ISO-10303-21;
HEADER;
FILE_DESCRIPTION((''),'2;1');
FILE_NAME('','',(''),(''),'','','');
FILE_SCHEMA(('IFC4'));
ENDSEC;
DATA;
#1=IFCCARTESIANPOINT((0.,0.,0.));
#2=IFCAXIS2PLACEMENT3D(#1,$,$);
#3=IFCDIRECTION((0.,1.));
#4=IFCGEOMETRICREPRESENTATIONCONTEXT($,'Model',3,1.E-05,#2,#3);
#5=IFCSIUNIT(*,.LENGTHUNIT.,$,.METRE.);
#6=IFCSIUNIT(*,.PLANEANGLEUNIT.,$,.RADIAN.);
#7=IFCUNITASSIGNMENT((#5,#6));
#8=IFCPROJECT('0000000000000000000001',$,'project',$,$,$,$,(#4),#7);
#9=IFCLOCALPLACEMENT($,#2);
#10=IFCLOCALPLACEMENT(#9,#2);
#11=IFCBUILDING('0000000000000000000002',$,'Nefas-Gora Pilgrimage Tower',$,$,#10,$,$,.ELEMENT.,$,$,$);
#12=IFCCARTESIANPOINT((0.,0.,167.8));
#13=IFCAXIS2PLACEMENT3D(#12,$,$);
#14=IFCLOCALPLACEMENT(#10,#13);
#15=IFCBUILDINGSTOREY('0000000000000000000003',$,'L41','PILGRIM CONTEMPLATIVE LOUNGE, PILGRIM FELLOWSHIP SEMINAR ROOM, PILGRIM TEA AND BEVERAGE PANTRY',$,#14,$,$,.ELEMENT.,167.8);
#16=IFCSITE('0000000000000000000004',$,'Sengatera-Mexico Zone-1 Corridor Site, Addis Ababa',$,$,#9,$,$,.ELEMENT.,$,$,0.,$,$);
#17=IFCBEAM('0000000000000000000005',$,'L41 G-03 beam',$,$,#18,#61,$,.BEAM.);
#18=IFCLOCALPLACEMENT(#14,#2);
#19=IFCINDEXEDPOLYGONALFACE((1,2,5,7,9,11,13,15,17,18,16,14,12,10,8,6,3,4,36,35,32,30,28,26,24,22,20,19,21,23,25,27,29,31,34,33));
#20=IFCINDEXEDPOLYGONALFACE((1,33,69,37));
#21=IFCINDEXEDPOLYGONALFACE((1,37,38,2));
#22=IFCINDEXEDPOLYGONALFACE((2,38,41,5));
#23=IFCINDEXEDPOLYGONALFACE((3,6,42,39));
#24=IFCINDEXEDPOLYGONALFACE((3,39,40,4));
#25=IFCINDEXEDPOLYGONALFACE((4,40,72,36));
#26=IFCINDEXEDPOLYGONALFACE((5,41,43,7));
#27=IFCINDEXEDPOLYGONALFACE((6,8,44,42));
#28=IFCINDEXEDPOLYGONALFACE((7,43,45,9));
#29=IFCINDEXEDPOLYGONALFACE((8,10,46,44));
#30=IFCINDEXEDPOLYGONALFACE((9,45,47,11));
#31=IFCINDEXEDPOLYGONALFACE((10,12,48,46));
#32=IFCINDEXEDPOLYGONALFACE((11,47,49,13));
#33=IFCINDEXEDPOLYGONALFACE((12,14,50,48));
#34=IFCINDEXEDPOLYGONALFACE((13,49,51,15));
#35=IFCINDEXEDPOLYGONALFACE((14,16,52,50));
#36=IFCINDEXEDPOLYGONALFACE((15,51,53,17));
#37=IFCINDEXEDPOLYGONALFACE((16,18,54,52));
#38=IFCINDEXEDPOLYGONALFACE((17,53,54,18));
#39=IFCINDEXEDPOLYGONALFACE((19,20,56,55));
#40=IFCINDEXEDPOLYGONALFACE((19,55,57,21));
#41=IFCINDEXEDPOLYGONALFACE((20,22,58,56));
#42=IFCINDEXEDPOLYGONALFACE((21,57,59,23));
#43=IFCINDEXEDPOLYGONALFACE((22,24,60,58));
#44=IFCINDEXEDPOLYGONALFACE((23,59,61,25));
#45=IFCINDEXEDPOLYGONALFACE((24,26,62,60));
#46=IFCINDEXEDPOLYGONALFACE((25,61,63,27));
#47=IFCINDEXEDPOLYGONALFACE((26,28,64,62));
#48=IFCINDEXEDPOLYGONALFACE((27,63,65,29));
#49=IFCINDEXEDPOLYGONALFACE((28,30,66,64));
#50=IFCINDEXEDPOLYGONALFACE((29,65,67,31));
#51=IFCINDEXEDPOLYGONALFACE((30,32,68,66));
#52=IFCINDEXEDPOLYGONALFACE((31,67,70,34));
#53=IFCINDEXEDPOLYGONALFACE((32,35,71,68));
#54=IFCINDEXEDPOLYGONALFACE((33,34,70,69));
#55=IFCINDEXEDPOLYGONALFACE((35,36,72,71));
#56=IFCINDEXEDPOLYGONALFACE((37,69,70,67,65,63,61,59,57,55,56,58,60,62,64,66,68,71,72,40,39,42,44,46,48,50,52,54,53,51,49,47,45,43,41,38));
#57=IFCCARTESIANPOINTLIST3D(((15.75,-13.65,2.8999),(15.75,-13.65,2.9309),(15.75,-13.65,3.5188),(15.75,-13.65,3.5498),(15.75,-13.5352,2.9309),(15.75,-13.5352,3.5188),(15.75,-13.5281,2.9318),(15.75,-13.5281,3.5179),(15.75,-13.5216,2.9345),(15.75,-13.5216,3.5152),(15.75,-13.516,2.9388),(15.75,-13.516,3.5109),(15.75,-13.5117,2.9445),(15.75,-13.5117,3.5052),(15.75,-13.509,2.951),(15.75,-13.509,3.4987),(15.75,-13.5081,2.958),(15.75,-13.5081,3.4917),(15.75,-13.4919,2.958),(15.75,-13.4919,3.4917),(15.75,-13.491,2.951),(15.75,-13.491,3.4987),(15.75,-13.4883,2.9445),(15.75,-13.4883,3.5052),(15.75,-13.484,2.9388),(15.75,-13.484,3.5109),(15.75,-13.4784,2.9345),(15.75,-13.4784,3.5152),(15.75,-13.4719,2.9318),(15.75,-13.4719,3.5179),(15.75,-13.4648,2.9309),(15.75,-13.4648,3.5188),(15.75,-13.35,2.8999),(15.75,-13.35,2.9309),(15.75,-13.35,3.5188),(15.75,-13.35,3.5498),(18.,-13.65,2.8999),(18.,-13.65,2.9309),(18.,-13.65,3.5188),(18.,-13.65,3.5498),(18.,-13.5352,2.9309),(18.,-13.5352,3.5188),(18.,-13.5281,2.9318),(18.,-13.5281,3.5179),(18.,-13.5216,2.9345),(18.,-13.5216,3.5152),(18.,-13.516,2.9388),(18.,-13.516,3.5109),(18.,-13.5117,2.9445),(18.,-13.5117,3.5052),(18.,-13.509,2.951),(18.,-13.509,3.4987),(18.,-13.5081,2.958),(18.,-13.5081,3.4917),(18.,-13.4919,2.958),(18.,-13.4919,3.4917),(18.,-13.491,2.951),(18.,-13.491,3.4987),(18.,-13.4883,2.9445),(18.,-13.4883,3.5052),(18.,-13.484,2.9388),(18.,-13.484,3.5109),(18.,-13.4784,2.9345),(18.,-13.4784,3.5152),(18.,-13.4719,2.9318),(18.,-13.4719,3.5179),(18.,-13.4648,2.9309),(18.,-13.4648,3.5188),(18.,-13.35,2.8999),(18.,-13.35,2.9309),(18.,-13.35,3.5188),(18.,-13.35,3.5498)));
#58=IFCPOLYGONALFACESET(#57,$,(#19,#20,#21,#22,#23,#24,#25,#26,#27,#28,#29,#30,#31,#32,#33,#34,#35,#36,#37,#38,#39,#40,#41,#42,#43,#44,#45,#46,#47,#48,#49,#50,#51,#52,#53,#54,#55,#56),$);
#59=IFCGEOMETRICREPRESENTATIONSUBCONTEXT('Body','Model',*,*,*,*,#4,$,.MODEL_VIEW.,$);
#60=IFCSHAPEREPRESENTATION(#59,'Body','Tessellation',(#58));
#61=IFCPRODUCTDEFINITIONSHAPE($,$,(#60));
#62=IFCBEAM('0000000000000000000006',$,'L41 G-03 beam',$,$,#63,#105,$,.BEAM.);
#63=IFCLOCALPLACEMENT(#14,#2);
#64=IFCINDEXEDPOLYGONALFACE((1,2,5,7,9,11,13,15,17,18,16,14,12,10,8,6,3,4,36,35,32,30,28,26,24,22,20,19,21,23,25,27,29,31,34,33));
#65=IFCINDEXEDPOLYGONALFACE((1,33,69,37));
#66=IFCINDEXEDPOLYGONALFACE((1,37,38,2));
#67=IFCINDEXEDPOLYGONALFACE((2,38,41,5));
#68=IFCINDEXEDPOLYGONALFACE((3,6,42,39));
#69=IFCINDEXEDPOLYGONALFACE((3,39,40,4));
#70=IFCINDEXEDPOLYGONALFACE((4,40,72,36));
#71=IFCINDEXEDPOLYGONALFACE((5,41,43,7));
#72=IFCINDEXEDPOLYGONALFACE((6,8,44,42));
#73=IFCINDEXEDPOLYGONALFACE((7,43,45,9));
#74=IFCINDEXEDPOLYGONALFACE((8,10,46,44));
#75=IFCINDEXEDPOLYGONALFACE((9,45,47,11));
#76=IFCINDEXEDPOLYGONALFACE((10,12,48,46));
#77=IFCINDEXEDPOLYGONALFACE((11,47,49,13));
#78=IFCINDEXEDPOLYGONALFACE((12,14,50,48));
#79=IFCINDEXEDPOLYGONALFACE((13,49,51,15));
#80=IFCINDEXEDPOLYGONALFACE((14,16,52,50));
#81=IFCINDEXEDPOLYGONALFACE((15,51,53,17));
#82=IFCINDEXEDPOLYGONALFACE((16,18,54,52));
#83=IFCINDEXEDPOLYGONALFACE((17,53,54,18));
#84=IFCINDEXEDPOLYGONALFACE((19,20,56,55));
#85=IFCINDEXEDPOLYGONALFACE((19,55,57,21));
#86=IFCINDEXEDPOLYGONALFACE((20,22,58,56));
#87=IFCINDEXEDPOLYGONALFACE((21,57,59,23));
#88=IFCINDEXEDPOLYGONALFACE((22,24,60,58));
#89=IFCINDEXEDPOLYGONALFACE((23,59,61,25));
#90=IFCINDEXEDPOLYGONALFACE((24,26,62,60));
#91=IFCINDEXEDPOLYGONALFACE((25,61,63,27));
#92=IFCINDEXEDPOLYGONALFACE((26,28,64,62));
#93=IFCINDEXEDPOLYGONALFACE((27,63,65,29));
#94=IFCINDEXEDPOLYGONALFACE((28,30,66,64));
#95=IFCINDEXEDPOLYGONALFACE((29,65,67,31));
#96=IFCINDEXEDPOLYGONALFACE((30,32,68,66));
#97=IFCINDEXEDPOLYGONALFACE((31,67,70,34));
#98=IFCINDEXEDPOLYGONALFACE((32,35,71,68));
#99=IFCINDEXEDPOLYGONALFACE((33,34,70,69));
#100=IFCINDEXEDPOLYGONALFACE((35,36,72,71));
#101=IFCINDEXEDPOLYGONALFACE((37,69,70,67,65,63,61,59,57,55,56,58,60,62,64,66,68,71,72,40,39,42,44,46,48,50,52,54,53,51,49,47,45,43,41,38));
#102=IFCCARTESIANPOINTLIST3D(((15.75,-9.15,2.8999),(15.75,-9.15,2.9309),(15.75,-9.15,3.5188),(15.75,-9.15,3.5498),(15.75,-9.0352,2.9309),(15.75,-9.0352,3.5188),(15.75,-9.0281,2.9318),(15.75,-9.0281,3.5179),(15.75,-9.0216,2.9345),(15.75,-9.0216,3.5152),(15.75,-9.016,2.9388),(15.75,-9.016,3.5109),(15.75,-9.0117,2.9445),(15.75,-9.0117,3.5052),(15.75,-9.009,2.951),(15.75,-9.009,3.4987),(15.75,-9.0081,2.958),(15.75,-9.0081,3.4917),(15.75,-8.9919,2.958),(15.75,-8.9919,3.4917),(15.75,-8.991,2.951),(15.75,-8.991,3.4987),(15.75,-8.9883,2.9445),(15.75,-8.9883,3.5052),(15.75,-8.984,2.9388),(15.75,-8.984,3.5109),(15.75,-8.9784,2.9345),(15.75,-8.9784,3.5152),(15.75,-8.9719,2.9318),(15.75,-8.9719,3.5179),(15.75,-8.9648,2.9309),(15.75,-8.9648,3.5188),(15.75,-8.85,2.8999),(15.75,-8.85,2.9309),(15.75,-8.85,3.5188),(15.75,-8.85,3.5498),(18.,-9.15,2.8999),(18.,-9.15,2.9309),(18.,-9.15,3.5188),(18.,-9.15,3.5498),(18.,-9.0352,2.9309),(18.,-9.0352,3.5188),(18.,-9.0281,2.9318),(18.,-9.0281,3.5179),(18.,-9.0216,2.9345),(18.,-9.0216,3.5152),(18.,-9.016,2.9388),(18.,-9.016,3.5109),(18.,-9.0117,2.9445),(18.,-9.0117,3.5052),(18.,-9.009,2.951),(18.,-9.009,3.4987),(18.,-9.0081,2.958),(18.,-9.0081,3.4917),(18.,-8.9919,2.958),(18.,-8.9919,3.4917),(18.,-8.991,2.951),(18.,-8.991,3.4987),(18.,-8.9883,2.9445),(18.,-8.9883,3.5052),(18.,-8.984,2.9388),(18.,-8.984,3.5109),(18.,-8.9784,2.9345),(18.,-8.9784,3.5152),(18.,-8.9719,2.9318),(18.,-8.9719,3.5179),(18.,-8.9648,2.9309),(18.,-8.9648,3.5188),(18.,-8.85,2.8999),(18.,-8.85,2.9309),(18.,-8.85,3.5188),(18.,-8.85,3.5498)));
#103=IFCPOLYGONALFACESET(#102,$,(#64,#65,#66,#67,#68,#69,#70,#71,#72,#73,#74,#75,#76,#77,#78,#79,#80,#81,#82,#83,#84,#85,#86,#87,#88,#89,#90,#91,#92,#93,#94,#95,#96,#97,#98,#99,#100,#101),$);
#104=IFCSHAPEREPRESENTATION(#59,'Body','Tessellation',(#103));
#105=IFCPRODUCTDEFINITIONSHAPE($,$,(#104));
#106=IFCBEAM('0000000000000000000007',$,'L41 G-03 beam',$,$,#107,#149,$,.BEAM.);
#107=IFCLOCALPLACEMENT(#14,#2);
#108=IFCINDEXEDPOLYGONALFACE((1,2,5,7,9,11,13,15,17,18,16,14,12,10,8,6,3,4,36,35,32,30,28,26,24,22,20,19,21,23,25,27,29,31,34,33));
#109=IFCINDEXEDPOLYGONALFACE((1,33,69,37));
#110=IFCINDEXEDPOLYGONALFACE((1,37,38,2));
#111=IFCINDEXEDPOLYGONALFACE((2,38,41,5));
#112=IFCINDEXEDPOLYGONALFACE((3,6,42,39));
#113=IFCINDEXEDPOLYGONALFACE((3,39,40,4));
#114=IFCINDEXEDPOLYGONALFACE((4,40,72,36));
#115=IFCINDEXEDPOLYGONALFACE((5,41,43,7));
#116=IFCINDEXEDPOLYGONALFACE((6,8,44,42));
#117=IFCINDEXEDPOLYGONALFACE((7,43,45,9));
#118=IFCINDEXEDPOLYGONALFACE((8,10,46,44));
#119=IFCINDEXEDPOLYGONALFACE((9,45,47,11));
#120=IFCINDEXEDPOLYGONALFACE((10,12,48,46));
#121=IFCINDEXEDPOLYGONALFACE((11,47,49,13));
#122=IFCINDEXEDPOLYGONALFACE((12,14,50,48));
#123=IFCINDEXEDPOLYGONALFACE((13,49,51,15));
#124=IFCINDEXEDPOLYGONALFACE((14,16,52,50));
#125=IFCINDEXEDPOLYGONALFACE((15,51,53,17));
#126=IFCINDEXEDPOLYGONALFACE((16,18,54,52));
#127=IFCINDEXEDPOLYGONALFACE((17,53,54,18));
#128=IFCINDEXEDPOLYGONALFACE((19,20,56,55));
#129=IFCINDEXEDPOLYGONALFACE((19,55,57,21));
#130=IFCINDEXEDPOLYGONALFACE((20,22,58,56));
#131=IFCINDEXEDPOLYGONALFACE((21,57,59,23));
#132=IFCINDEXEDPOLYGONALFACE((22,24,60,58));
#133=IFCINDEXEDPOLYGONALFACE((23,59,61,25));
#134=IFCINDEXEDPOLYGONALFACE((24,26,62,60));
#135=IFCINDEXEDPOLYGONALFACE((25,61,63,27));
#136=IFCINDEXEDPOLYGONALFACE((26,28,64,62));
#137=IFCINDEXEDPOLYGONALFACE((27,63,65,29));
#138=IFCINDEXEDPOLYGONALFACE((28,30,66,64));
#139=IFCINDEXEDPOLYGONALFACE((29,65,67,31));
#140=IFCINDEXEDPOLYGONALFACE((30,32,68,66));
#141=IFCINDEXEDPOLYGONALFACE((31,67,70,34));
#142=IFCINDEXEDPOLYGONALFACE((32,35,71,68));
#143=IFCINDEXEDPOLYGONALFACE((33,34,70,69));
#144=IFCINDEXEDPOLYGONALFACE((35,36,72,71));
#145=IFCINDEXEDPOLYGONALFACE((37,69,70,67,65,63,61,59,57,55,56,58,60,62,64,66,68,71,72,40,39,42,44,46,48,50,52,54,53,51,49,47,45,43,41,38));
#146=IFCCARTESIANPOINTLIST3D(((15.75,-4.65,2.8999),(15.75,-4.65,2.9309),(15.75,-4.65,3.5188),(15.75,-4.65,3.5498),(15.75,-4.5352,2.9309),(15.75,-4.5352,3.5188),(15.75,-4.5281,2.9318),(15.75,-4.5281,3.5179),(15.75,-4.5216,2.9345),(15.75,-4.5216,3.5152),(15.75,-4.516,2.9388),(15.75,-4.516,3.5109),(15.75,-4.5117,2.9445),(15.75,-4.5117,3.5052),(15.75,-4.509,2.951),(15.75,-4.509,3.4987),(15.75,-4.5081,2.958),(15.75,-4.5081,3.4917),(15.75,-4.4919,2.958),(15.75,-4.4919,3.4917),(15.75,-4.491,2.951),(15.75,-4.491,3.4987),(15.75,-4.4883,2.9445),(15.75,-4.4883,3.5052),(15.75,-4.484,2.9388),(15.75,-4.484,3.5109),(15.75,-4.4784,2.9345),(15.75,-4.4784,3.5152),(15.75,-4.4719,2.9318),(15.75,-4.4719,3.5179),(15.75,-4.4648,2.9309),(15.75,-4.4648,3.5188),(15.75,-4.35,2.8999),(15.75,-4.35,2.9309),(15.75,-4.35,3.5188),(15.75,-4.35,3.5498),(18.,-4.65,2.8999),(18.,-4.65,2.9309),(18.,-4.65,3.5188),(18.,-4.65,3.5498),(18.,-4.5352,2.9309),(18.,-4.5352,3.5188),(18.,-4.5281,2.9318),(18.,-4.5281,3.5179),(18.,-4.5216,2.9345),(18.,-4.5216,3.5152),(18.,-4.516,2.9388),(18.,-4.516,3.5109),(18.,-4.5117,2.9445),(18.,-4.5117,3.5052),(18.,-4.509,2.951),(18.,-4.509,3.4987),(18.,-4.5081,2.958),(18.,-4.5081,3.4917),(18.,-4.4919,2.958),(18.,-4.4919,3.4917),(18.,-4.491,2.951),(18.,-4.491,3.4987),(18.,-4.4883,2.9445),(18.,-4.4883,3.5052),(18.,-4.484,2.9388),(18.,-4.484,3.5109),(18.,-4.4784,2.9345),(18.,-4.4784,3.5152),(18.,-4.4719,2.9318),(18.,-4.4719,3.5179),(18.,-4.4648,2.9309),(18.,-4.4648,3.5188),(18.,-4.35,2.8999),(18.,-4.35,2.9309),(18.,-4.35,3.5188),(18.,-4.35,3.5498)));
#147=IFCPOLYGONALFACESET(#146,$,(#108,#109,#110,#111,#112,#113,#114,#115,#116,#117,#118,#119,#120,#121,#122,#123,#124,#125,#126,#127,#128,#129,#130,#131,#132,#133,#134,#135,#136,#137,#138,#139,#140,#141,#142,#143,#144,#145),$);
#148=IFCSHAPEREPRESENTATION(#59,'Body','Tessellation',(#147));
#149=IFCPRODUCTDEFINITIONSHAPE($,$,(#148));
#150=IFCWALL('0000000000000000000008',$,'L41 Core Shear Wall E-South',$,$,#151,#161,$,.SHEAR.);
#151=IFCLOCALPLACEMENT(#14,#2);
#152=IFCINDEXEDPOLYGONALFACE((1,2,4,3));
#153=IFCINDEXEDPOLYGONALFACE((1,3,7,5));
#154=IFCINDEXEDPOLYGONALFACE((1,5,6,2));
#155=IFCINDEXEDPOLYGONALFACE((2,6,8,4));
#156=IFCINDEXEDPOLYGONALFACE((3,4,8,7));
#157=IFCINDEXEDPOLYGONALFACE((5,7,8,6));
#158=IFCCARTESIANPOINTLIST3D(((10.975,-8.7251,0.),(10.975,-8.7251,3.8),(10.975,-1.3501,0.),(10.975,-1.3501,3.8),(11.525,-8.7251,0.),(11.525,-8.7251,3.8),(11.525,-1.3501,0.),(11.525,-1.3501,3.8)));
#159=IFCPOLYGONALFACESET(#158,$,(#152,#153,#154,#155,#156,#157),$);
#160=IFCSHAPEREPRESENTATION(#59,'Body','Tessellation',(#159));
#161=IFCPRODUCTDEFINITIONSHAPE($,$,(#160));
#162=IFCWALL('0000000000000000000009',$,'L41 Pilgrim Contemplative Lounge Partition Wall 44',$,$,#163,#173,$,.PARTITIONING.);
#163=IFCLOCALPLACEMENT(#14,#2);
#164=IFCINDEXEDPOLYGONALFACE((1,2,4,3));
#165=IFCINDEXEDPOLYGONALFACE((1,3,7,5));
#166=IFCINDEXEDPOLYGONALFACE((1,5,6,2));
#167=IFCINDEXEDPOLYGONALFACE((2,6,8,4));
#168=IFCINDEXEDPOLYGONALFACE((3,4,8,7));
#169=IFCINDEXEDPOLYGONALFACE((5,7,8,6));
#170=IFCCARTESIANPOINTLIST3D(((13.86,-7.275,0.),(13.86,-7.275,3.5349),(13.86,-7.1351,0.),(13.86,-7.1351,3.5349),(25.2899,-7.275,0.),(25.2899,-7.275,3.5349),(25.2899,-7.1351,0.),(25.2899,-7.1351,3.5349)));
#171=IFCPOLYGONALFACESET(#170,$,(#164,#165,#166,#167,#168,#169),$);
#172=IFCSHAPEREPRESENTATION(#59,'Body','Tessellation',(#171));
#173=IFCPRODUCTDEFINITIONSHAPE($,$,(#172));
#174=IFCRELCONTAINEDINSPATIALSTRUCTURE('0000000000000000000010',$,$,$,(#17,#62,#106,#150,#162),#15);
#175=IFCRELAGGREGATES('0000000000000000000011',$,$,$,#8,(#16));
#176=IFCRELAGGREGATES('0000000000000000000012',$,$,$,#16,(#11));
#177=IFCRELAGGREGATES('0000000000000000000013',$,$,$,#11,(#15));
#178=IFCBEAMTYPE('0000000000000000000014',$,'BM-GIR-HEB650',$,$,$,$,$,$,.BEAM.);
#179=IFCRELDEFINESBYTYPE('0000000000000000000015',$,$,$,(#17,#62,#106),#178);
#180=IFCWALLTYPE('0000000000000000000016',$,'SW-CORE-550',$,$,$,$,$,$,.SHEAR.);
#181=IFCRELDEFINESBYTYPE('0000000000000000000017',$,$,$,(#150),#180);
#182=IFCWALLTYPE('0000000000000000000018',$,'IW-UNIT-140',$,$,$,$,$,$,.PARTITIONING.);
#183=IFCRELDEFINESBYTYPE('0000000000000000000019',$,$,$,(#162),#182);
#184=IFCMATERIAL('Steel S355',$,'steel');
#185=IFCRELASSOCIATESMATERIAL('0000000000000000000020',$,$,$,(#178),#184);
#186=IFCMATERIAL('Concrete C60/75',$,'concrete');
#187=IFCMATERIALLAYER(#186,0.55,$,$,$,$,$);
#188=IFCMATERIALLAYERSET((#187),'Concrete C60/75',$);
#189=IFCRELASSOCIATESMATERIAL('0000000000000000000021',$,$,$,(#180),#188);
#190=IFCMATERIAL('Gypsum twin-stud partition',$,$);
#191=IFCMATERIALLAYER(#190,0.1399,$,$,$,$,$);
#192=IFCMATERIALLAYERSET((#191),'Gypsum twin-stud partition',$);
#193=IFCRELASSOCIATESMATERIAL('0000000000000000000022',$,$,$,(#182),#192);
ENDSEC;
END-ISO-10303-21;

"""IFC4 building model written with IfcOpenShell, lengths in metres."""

from ifc_helpers import new_model, si_unit, direction, frame, frame_2d, origin, origin_2d, place, context, subcontext, project, spatial, rectangle, i_section, extrude, source, transform, mapped, material, layer, layer_set, material_profile, profile_set, type_object, element, save


model = new_model("IFC4")

# Units and contexts
model_context = context("Model", 3, precision=1e-05, world=origin(), true_north=direction((0.0, 1.0)))
body_context = subcontext(model_context, "Body", "Model", "MODEL_VIEW")
ifc_project = project(units=[si_unit("LENGTHUNIT", "METRE"), si_unit("PLANEANGLEUNIT", "RADIAN")], contexts=[model_context])

# Site, building, storey
site_placement = place(None, origin())
site = spatial("IfcSite", under=ifc_project, at=site_placement, Name="Sengatera-Mexico Zone-1 Corridor Site, Addis Ababa", CompositionType="ELEMENT", RefElevation=0.0)
building_placement = place(site_placement, origin())
building = spatial("IfcBuilding", under=site, at=building_placement, Name="Nefas-Gora Pilgrimage Tower", CompositionType="ELEMENT")
storey_placement = place(building_placement, frame((0.0, 0.0, 167.8)))
storey = spatial("IfcBuildingStorey", under=building, at=storey_placement, Name="L41", Description="PILGRIM CONTEMPLATIVE LOUNGE, PILGRIM FELLOWSHIP SEMINAR ROOM, PILGRIM TEA AND BEVERAGE PANTRY", CompositionType="ELEMENT", Elevation=167.8)

# Beams
ifc_material_1 = material(Name="Concrete C60/75", Category="concrete")
ifc_material_2 = material(Name="Steel S355", Category="steel")
ifc_material_profile_1 = material_profile(ifc_material_2, i_section(OverallWidth=0.3, OverallDepth=0.6499, WebThickness=0.0161, FlangeThickness=0.031, FilletRadius=0.0271, at=origin_2d()), Name="HEB 650")
ifc_profile_set_1 = profile_set([ifc_material_profile_1], Name="Steel S355")
beam_type_1 = type_object("IfcBeamType", Name="BM-GIR-HEB650", PredefinedType="BEAM", material=ifc_profile_set_1)
shared_shape_1 = source(origin(), body_context, "Body", "SweptSolid", [
    extrude(i_section(OverallWidth=0.3, OverallDepth=0.6499, WebThickness=0.0161, FlangeThickness=0.031, FilletRadius=0.0271, at=origin_2d()), origin(), (0.0, 0.0, 1.0), 2.25),
])
for number, where, z_axis, x_axis, name in (
    (1, (15.75, -13.5, 3.2249), (1.0, 0.0, 0.0), (0.0, 1.0, 0.0), "L41 G-03 beam"),
    (2, (15.75, -9.0, 3.2249), (1.0, 0.0, 0.0), (0.0, 1.0, 0.0), "L41 G-03 beam"),
    (3, (15.75, -4.5, 3.2249), (1.0, 0.0, 0.0), (0.0, 1.0, 0.0), "L41 G-03 beam"),
):
    element("IfcBeam", number, at=place(storey_placement, frame(where, z_axis=z_axis, x_axis=x_axis)), inside=storey, type_object=beam_type_1, Name=name, PredefinedType="BEAM", context=body_context, shape_type="MappedRepresentation", body=[
        mapped(shared_shape_1, transform((0.0, 0.0, 0.0), x_axis=(1.0, 0.0, 0.0), y_axis=(0.0, 1.0, 0.0), z_axis=(0.0, 0.0, 1.0), scale=1.0)),
    ])

# Wall
ifc_layer_1 = layer(ifc_material_1, 0.55)
ifc_layer_set_1 = layer_set([ifc_layer_1], Name="Concrete C60/75")
wall_type_1 = type_object("IfcWallType", Name="SW-CORE-550", PredefinedType="SHEAR", material=ifc_layer_set_1)
shared_shape_2 = source(origin(), body_context, "Body", "SweptSolid", [
    extrude(rectangle(XDim=7.375, YDim=0.55, at=frame_2d((3.6875, 0.0))), origin(), (0.0, 0.0, 1.0), 3.8),
])
wall_1_placement = place(storey_placement, frame((11.25, -8.7251, 0.0), z_axis=(0.0, 0.0, 1.0), x_axis=(0.0, 1.0, 0.0)))
element("IfcWall", 4, at=wall_1_placement, inside=storey, type_object=wall_type_1, Name="L41 Core Shear Wall E-South", PredefinedType="SHEAR", context=body_context, shape_type="MappedRepresentation", body=[
    mapped(shared_shape_2, transform((0.0, 0.0, 0.0), x_axis=(1.0, 0.0, 0.0), y_axis=(0.0, 1.0, 0.0), z_axis=(0.0, 0.0, 1.0), scale=1.0)),
])

# Wall
ifc_material_3 = material(Name="Gypsum twin-stud partition")
ifc_layer_2 = layer(ifc_material_3, 0.1399)
ifc_layer_set_2 = layer_set([ifc_layer_2], Name="Gypsum twin-stud partition")
wall_type_2 = type_object("IfcWallType", Name="IW-UNIT-140", PredefinedType="PARTITIONING", material=ifc_layer_set_2)
shared_shape_3 = source(origin(), body_context, "Body", "SweptSolid", [
    extrude(rectangle(XDim=11.4299, YDim=0.1399, at=frame_2d((5.7148, 0.0))), origin(), (0.0, 0.0, 1.0), 3.5349),
])
wall_2_placement = place(storey_placement, frame((13.8601, -7.2051, 0.0), z_axis=(0.0, 0.0, 1.0), x_axis=(1.0, 0.0, 0.0)))
element("IfcWall", 5, at=wall_2_placement, inside=storey, type_object=wall_type_2, Name="L41 Pilgrim Contemplative Lounge Partition Wall 44", PredefinedType="PARTITIONING", context=body_context, shape_type="MappedRepresentation", body=[
    mapped(shared_shape_3, transform((0.0, 0.0, 0.0), x_axis=(1.0, 0.0, 0.0), y_axis=(0.0, 1.0, 0.0), z_axis=(0.0, 0.0, 1.0), scale=1.0)),
])

save(model, "model.ifc")
